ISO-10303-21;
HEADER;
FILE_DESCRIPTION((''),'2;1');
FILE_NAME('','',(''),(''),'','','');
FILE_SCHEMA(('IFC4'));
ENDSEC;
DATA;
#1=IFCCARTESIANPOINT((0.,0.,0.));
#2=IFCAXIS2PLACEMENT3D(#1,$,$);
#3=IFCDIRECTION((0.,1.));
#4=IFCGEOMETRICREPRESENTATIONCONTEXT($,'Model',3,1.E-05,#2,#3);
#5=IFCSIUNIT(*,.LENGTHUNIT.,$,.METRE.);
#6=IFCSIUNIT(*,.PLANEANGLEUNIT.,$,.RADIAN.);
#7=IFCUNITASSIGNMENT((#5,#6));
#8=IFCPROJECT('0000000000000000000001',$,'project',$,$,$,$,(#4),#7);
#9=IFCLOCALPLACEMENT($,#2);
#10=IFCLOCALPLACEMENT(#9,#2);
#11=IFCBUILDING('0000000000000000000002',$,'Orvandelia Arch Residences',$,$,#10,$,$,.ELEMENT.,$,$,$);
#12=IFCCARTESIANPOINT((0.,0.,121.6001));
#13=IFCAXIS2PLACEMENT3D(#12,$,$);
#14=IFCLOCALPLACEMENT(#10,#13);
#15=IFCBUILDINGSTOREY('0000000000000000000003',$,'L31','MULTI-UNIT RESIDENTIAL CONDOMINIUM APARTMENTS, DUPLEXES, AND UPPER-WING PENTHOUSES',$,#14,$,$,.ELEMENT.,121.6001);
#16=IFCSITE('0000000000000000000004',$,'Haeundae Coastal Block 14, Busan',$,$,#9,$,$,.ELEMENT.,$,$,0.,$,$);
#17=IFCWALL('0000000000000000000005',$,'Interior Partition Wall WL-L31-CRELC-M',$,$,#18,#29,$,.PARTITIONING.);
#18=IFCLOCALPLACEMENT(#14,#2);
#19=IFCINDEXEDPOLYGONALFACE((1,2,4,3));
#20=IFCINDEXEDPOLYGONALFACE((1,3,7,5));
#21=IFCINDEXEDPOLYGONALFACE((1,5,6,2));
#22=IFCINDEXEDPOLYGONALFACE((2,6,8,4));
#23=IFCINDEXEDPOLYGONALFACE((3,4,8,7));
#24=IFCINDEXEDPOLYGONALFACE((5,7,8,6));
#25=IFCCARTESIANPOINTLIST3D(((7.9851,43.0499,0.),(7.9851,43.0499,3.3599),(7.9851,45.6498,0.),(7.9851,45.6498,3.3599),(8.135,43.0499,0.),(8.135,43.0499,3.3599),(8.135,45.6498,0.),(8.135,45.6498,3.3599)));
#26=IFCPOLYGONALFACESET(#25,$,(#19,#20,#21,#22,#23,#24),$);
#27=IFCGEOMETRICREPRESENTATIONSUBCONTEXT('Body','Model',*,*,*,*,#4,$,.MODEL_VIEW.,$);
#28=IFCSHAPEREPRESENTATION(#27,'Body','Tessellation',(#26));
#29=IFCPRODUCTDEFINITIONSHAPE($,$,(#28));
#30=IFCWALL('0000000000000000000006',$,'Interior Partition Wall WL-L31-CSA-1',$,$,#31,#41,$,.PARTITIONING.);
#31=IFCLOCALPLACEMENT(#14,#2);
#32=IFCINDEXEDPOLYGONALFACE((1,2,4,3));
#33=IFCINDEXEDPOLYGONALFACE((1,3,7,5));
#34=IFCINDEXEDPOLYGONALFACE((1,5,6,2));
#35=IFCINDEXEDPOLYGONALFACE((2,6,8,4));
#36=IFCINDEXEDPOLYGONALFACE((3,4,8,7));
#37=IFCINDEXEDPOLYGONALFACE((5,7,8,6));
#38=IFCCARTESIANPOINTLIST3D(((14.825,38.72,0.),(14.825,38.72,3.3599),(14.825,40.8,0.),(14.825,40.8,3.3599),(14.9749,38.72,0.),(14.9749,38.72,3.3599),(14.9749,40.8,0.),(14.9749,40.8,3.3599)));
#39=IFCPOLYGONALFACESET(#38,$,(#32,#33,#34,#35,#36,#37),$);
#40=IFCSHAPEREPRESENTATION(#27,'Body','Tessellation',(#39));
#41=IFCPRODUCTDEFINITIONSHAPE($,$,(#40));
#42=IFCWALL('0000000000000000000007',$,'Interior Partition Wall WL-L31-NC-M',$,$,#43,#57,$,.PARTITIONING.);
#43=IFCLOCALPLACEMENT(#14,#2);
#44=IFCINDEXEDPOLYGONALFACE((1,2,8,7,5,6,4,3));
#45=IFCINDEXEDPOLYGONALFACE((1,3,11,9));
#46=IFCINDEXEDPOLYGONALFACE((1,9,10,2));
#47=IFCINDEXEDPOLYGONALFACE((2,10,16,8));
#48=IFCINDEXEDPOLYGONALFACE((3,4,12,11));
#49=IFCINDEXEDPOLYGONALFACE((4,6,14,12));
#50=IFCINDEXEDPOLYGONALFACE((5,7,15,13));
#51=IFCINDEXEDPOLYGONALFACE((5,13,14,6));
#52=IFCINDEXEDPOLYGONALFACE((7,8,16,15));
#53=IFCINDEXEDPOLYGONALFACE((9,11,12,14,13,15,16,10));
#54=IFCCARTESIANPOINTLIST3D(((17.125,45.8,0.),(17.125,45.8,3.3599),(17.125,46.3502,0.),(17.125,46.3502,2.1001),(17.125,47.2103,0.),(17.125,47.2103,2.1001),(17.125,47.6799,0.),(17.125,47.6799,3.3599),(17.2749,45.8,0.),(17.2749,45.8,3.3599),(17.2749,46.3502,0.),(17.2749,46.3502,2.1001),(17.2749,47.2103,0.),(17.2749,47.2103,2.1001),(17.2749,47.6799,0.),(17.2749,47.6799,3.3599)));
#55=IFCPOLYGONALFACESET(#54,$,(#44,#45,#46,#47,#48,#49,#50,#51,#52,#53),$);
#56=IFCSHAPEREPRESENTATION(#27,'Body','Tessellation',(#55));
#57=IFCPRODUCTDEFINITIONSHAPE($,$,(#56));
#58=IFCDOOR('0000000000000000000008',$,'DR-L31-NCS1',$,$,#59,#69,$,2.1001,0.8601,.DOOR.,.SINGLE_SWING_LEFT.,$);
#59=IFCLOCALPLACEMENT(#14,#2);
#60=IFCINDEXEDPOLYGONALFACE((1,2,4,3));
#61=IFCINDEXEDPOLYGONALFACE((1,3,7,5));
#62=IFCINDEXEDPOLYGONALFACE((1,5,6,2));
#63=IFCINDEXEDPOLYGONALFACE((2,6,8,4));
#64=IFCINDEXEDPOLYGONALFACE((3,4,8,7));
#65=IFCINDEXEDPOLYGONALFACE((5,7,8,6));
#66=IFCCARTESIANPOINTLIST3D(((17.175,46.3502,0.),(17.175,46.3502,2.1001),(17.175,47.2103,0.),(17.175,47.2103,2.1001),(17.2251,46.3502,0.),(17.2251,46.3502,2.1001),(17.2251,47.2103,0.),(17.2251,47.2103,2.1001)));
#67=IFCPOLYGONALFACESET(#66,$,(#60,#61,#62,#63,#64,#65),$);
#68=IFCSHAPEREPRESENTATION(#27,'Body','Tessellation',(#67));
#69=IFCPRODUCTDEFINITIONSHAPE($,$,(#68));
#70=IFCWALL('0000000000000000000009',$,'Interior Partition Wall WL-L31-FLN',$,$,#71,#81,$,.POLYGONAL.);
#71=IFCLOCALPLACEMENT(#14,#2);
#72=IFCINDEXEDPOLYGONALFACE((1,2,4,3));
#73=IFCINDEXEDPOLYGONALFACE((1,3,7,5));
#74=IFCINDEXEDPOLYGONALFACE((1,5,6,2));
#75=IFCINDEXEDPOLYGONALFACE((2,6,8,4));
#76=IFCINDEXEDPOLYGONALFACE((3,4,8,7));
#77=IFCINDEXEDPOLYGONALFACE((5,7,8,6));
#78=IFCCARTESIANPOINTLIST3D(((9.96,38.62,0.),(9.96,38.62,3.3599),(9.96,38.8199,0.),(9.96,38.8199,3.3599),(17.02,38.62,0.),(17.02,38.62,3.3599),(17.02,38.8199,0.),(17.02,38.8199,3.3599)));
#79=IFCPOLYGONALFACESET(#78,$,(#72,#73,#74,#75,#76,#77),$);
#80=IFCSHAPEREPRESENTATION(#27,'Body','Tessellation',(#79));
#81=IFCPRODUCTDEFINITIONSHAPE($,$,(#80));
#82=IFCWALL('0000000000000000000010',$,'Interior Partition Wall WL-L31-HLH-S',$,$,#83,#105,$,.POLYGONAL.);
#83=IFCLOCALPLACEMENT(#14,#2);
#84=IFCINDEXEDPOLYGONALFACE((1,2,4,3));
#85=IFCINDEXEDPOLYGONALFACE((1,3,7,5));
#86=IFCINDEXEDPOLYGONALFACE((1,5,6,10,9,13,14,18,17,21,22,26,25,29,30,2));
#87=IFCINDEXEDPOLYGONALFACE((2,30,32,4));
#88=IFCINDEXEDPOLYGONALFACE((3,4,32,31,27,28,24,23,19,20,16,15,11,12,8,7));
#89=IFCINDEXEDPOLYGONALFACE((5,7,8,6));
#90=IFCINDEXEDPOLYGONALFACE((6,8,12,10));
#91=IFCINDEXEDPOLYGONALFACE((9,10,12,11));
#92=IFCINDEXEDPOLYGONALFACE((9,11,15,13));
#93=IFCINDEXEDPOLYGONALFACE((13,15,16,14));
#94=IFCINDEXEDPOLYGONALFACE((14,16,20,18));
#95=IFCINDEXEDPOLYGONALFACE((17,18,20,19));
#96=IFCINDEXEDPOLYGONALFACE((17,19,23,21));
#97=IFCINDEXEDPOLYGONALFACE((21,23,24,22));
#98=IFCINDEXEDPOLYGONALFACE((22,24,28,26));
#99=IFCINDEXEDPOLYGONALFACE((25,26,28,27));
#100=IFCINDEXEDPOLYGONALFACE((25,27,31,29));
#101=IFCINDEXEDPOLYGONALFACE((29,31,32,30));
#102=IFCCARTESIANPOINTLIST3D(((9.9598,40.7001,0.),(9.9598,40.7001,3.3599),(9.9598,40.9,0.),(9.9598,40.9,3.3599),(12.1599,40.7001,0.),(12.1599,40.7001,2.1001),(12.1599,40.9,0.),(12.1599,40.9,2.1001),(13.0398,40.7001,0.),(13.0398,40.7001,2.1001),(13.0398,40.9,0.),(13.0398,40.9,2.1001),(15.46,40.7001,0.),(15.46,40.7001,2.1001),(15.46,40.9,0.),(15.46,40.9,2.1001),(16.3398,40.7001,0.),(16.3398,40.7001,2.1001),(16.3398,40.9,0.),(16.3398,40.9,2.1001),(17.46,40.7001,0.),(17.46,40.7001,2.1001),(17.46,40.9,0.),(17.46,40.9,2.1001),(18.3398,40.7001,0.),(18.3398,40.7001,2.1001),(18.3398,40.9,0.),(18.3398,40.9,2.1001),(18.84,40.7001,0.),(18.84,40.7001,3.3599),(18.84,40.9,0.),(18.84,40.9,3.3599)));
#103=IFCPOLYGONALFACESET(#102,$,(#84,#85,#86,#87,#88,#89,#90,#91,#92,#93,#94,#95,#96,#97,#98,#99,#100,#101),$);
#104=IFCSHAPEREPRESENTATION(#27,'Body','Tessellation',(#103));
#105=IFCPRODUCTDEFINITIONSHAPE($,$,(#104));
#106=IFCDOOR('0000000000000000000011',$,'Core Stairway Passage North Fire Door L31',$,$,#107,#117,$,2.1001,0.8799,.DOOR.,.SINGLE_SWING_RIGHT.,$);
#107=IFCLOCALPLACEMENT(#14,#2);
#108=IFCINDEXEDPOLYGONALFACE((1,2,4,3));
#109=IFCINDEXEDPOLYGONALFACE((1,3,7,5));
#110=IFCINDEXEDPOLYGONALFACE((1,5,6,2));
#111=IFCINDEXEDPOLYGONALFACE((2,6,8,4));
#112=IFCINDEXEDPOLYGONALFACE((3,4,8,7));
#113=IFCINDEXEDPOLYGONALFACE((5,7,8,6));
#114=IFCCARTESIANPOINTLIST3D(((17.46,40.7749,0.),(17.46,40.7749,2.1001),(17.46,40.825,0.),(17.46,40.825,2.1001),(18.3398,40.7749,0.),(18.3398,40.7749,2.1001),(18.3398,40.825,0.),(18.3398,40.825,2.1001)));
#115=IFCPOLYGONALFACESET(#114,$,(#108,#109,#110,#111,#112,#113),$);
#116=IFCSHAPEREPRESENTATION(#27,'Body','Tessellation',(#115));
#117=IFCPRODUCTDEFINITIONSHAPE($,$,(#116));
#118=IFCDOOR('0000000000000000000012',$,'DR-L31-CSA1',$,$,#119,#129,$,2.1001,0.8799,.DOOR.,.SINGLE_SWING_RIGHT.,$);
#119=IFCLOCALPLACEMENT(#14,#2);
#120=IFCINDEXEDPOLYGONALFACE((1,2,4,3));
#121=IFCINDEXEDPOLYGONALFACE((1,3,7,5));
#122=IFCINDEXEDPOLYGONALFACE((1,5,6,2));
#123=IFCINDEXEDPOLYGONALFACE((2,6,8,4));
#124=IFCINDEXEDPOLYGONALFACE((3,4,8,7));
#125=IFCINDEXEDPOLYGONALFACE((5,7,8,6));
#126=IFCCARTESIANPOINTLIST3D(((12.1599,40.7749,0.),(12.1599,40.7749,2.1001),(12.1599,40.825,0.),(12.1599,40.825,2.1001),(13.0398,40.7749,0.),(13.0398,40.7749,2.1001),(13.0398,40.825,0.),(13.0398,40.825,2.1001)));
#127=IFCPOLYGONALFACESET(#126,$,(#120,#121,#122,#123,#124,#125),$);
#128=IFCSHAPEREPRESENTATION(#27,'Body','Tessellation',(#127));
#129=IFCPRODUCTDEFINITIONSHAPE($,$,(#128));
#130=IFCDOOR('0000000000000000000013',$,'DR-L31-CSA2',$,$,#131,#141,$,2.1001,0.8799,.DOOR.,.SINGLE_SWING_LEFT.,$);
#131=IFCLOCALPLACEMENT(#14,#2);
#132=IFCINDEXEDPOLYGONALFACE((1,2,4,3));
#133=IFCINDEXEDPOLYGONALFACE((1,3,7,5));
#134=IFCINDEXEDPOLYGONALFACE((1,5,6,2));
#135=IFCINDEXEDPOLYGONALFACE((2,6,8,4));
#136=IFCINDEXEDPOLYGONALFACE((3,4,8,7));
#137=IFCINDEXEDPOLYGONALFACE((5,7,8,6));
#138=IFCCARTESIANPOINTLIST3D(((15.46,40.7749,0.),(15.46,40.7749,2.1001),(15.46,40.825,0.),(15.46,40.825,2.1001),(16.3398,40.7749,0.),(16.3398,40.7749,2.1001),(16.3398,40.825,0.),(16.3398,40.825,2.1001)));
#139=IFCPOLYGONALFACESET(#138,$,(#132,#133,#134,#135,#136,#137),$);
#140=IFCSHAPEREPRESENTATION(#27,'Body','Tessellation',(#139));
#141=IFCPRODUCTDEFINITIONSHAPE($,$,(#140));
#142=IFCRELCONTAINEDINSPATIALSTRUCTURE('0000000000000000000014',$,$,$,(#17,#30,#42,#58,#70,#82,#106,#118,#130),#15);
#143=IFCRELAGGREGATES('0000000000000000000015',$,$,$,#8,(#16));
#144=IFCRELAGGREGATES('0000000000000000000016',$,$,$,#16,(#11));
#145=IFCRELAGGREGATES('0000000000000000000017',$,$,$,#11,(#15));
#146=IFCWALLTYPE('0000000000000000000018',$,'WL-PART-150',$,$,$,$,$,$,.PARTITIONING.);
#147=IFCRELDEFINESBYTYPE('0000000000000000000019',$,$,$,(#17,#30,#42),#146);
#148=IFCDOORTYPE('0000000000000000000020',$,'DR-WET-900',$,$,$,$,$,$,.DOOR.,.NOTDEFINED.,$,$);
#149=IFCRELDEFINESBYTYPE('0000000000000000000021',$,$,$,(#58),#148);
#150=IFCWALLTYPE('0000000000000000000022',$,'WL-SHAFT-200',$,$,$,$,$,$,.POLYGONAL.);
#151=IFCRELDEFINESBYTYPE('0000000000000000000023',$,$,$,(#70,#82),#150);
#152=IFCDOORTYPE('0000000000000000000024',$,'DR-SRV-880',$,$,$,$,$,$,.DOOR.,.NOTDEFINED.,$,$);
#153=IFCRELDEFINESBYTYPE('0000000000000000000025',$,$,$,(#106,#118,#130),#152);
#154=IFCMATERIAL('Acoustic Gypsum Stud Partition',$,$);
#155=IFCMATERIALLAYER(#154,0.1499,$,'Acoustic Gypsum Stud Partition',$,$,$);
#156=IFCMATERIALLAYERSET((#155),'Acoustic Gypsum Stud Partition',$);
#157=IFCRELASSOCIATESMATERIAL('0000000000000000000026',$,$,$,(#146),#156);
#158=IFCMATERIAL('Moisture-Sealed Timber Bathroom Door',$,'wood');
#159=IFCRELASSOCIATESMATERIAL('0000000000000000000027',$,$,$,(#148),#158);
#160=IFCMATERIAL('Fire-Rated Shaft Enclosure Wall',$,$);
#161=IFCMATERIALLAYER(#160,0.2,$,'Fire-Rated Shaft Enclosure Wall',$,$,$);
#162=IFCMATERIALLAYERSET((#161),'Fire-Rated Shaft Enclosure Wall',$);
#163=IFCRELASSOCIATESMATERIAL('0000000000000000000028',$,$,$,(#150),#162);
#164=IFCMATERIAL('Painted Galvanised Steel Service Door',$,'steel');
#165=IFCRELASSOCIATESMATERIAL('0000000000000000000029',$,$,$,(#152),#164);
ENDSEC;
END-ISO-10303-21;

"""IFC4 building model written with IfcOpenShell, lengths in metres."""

from ifc_helpers import new_model, si_unit, direction, frame, frame_2d, origin, place, context, subcontext, project, spatial, rectangle, extrude, material, layer, layer_set, type_object, element, fill, save


model = new_model("IFC4")

# Units and contexts
model_context = context("Model", 3, precision=1e-05, world=origin(), true_north=direction((0.0, 1.0)))
body_context = subcontext(model_context, "Body", "Model", "MODEL_VIEW")
ifc_project = project(units=[si_unit("LENGTHUNIT", "METRE"), si_unit("PLANEANGLEUNIT", "RADIAN")], contexts=[model_context])

# Site, building, storey
site_placement = place(None, origin())
site = spatial("IfcSite", under=ifc_project, at=site_placement, Name="Haeundae Coastal Block 14, Busan", CompositionType="ELEMENT", RefElevation=0.0)
building_placement = place(site_placement, origin())
building = spatial("IfcBuilding", under=site, at=building_placement, Name="Orvandelia Arch Residences", CompositionType="ELEMENT")
storey_placement = place(building_placement, frame((0.0, 0.0, 121.6001)))
storey = spatial("IfcBuildingStorey", under=building, at=storey_placement, Name="L31", Description="MULTI-UNIT RESIDENTIAL CONDOMINIUM APARTMENTS, DUPLEXES, AND UPPER-WING PENTHOUSES", CompositionType="ELEMENT", Elevation=121.6001)

# Walls
ifc_material_1 = material(Name="Acoustic Gypsum Stud Partition")
ifc_layer_1 = layer(ifc_material_1, 0.1499, Name="Acoustic Gypsum Stud Partition")
ifc_layer_set_1 = layer_set([ifc_layer_1], Name="Acoustic Gypsum Stud Partition")
wall_type_1 = type_object("IfcWallType", Name="WL-PART-150", PredefinedType="PARTITIONING", material=ifc_layer_set_1)
wall_1_placement = place(storey_placement, frame((8.0601, 43.05, 0.0), z_axis=(0.0, 0.0, 1.0), x_axis=(0.0, 1.0, 0.0)))
element("IfcWall", 1, at=wall_1_placement, inside=storey, type_object=wall_type_1, Name="Interior Partition Wall WL-L31-CRELC-M", PredefinedType="PARTITIONING", context=body_context, shape_type="SweptSolid", body=[
    extrude(rectangle(XDim=2.5999, YDim=0.1499, at=frame_2d((1.2998, 0.0))), origin(), (0.0, 0.0, 1.0), 3.3599),
])
wall_2_placement = place(storey_placement, frame((14.8999, 38.72, 0.0), z_axis=(0.0, 0.0, 1.0), x_axis=(0.0, 1.0, 0.0)))
element("IfcWall", 2, at=wall_2_placement, inside=storey, type_object=wall_type_1, Name="Interior Partition Wall WL-L31-CSA-1", PredefinedType="PARTITIONING", context=body_context, shape_type="SweptSolid", body=[
    extrude(rectangle(XDim=2.0801, YDim=0.1499, at=frame_2d((1.04, 0.0))), origin(), (0.0, 0.0, 1.0), 3.3599),
])

# Wall, opening, door
wall_3_placement = place(storey_placement, frame((17.2, 45.8, 0.0), z_axis=(0.0, 0.0, 1.0), x_axis=(0.0, 1.0, 0.0)))
wall_3 = element("IfcWall", 3, at=wall_3_placement, inside=storey, type_object=wall_type_1, Name="Interior Partition Wall WL-L31-NC-M", PredefinedType="PARTITIONING", context=body_context, shape_type="SweptSolid", body=[
    extrude(rectangle(XDim=1.8799, YDim=0.1499, at=frame_2d((0.9399, 0.0))), origin(), (0.0, 0.0, 1.0), 3.3599),
])
opening_1_placement = place(wall_3_placement, frame((0.55, 0.0, 0.0)))
opening_1 = element("IfcOpeningElement", 4, at=opening_1_placement, cuts=wall_3, PredefinedType="OPENING", context=body_context, shape_type="SweptSolid", body=[
    extrude(rectangle(XDim=0.8601, YDim=2.1001, at=frame_2d((0.4302, 1.05))), frame((0.0, 0.085, 0.0), z_axis=(0.0, -1.0, 0.0), x_axis=(1.0, 0.0, 0.0)), (0.0, 0.0, 1.0), 0.1699),
])
ifc_material_2 = material(Name="Moisture-Sealed Timber Bathroom Door", Category="wood")
door_type_1 = type_object("IfcDoorType", Name="DR-WET-900", OperationType="NOTDEFINED", PredefinedType="DOOR", material=ifc_material_2)
door_1_placement = place(opening_1_placement, origin())
door_1 = element("IfcDoor", 5, at=door_1_placement, inside=storey, type_object=door_type_1, Name="DR-L31-NCS1", OperationType="SINGLE_SWING_LEFT", OverallHeight=2.1001, OverallWidth=0.8601, PredefinedType="DOOR", context=body_context, shape_type="SweptSolid", body=[
    extrude(rectangle(XDim=0.8601, YDim=2.1001, at=frame_2d((0.4302, 1.05))), frame((0.0, 0.0249, 0.0), z_axis=(0.0, -1.0, 0.0), x_axis=(1.0, 0.0, 0.0)), (0.0, 0.0, 1.0), 0.05),
])
fill(opening_1, door_1)

# Wall
ifc_material_3 = material(Name="Fire-Rated Shaft Enclosure Wall")
ifc_layer_2 = layer(ifc_material_3, 0.2, Name="Fire-Rated Shaft Enclosure Wall")
ifc_layer_set_2 = layer_set([ifc_layer_2], Name="Fire-Rated Shaft Enclosure Wall")
wall_type_2 = type_object("IfcWallType", Name="WL-SHAFT-200", PredefinedType="POLYGONAL", material=ifc_layer_set_2)
wall_4_placement = place(storey_placement, frame((9.96, 38.72, 0.0), z_axis=(0.0, 0.0, 1.0), x_axis=(1.0, 0.0, 0.0)))
element("IfcWall", 6, at=wall_4_placement, inside=storey, type_object=wall_type_2, Name="Interior Partition Wall WL-L31-FLN", PredefinedType="POLYGONAL", context=body_context, shape_type="SweptSolid", body=[
    extrude(rectangle(XDim=7.0601, YDim=0.2, at=frame_2d((3.53, 0.0))), origin(), (0.0, 0.0, 1.0), 3.3599),
])

# Wall, openings, doors
wall_5_placement = place(storey_placement, frame((9.96, 40.8, 0.0), z_axis=(0.0, 0.0, 1.0), x_axis=(1.0, 0.0, 0.0)))
wall_5 = element("IfcWall", 7, at=wall_5_placement, inside=storey, type_object=wall_type_2, Name="Interior Partition Wall WL-L31-HLH-S", PredefinedType="POLYGONAL", context=body_context, shape_type="SweptSolid", body=[
    extrude(rectangle(XDim=8.8801, YDim=0.2, at=frame_2d((4.4399, 0.0))), origin(), (0.0, 0.0, 1.0), 3.3599),
])
opening_2_placement = place(wall_5_placement, frame((7.5, 0.0, 0.0)))
opening_2 = element("IfcOpeningElement", 8, at=opening_2_placement, cuts=wall_5, PredefinedType="OPENING", context=body_context, shape_type="SweptSolid", body=[
    extrude(rectangle(XDim=0.8799, YDim=2.1001, at=frame_2d((0.4399, 1.05))), frame((0.0, 0.1099, 0.0), z_axis=(0.0, -1.0, 0.0), x_axis=(1.0, 0.0, 0.0)), (0.0, 0.0, 1.0), 0.22),
])
opening_3_placement = place(wall_5_placement, frame((2.2, 0.0, 0.0)))
opening_3 = element("IfcOpeningElement", 9, at=opening_3_placement, cuts=wall_5, PredefinedType="OPENING", context=body_context, shape_type="SweptSolid", body=[
    extrude(rectangle(XDim=0.8799, YDim=2.1001, at=frame_2d((0.4399, 1.05))), frame((0.0, 0.1099, 0.0), z_axis=(0.0, -1.0, 0.0), x_axis=(1.0, 0.0, 0.0)), (0.0, 0.0, 1.0), 0.22),
])
opening_4_placement = place(wall_5_placement, frame((5.5, 0.0, 0.0)))
opening_4 = element("IfcOpeningElement", 10, at=opening_4_placement, cuts=wall_5, PredefinedType="OPENING", context=body_context, shape_type="SweptSolid", body=[
    extrude(rectangle(XDim=0.8799, YDim=2.1001, at=frame_2d((0.4399, 1.05))), frame((0.0, 0.1099, 0.0), z_axis=(0.0, -1.0, 0.0), x_axis=(1.0, 0.0, 0.0)), (0.0, 0.0, 1.0), 0.22),
])
ifc_material_4 = material(Name="Painted Galvanised Steel Service Door", Category="steel")
door_type_2 = type_object("IfcDoorType", Name="DR-SRV-880", OperationType="NOTDEFINED", PredefinedType="DOOR", material=ifc_material_4)
door_2_placement = place(opening_2_placement, origin())
door_2 = element("IfcDoor", 11, at=door_2_placement, inside=storey, type_object=door_type_2, Name="Core Stairway Passage North Fire Door L31", OperationType="SINGLE_SWING_RIGHT", OverallHeight=2.1001, OverallWidth=0.8799, PredefinedType="DOOR", context=body_context, shape_type="SweptSolid", body=[
    extrude(rectangle(XDim=0.8799, YDim=2.1001, at=frame_2d((0.4399, 1.05))), frame((0.0, 0.0249, 0.0), z_axis=(0.0, -1.0, 0.0), x_axis=(1.0, 0.0, 0.0)), (0.0, 0.0, 1.0), 0.05),
])
fill(opening_2, door_2)
door_3_placement = place(opening_3_placement, origin())
door_3 = element("IfcDoor", 12, at=door_3_placement, inside=storey, type_object=door_type_2, Name="DR-L31-CSA1", OperationType="SINGLE_SWING_RIGHT", OverallHeight=2.1001, OverallWidth=0.8799, PredefinedType="DOOR", context=body_context, shape_type="SweptSolid", body=[
    extrude(rectangle(XDim=0.8799, YDim=2.1001, at=frame_2d((0.4399, 1.05))), frame((0.0, 0.0249, 0.0), z_axis=(0.0, -1.0, 0.0), x_axis=(1.0, 0.0, 0.0)), (0.0, 0.0, 1.0), 0.05),
])
fill(opening_3, door_3)
door_4_placement = place(opening_4_placement, origin())
door_4 = element("IfcDoor", 13, at=door_4_placement, inside=storey, type_object=door_type_2, Name="DR-L31-CSA2", OperationType="SINGLE_SWING_LEFT", OverallHeight=2.1001, OverallWidth=0.8799, PredefinedType="DOOR", context=body_context, shape_type="SweptSolid", body=[
    extrude(rectangle(XDim=0.8799, YDim=2.1001, at=frame_2d((0.4399, 1.05))), frame((0.0, 0.0249, 0.0), z_axis=(0.0, -1.0, 0.0), x_axis=(1.0, 0.0, 0.0)), (0.0, 0.0, 1.0), 0.05),
])
fill(opening_4, door_4)

save(model, "model.ifc")
